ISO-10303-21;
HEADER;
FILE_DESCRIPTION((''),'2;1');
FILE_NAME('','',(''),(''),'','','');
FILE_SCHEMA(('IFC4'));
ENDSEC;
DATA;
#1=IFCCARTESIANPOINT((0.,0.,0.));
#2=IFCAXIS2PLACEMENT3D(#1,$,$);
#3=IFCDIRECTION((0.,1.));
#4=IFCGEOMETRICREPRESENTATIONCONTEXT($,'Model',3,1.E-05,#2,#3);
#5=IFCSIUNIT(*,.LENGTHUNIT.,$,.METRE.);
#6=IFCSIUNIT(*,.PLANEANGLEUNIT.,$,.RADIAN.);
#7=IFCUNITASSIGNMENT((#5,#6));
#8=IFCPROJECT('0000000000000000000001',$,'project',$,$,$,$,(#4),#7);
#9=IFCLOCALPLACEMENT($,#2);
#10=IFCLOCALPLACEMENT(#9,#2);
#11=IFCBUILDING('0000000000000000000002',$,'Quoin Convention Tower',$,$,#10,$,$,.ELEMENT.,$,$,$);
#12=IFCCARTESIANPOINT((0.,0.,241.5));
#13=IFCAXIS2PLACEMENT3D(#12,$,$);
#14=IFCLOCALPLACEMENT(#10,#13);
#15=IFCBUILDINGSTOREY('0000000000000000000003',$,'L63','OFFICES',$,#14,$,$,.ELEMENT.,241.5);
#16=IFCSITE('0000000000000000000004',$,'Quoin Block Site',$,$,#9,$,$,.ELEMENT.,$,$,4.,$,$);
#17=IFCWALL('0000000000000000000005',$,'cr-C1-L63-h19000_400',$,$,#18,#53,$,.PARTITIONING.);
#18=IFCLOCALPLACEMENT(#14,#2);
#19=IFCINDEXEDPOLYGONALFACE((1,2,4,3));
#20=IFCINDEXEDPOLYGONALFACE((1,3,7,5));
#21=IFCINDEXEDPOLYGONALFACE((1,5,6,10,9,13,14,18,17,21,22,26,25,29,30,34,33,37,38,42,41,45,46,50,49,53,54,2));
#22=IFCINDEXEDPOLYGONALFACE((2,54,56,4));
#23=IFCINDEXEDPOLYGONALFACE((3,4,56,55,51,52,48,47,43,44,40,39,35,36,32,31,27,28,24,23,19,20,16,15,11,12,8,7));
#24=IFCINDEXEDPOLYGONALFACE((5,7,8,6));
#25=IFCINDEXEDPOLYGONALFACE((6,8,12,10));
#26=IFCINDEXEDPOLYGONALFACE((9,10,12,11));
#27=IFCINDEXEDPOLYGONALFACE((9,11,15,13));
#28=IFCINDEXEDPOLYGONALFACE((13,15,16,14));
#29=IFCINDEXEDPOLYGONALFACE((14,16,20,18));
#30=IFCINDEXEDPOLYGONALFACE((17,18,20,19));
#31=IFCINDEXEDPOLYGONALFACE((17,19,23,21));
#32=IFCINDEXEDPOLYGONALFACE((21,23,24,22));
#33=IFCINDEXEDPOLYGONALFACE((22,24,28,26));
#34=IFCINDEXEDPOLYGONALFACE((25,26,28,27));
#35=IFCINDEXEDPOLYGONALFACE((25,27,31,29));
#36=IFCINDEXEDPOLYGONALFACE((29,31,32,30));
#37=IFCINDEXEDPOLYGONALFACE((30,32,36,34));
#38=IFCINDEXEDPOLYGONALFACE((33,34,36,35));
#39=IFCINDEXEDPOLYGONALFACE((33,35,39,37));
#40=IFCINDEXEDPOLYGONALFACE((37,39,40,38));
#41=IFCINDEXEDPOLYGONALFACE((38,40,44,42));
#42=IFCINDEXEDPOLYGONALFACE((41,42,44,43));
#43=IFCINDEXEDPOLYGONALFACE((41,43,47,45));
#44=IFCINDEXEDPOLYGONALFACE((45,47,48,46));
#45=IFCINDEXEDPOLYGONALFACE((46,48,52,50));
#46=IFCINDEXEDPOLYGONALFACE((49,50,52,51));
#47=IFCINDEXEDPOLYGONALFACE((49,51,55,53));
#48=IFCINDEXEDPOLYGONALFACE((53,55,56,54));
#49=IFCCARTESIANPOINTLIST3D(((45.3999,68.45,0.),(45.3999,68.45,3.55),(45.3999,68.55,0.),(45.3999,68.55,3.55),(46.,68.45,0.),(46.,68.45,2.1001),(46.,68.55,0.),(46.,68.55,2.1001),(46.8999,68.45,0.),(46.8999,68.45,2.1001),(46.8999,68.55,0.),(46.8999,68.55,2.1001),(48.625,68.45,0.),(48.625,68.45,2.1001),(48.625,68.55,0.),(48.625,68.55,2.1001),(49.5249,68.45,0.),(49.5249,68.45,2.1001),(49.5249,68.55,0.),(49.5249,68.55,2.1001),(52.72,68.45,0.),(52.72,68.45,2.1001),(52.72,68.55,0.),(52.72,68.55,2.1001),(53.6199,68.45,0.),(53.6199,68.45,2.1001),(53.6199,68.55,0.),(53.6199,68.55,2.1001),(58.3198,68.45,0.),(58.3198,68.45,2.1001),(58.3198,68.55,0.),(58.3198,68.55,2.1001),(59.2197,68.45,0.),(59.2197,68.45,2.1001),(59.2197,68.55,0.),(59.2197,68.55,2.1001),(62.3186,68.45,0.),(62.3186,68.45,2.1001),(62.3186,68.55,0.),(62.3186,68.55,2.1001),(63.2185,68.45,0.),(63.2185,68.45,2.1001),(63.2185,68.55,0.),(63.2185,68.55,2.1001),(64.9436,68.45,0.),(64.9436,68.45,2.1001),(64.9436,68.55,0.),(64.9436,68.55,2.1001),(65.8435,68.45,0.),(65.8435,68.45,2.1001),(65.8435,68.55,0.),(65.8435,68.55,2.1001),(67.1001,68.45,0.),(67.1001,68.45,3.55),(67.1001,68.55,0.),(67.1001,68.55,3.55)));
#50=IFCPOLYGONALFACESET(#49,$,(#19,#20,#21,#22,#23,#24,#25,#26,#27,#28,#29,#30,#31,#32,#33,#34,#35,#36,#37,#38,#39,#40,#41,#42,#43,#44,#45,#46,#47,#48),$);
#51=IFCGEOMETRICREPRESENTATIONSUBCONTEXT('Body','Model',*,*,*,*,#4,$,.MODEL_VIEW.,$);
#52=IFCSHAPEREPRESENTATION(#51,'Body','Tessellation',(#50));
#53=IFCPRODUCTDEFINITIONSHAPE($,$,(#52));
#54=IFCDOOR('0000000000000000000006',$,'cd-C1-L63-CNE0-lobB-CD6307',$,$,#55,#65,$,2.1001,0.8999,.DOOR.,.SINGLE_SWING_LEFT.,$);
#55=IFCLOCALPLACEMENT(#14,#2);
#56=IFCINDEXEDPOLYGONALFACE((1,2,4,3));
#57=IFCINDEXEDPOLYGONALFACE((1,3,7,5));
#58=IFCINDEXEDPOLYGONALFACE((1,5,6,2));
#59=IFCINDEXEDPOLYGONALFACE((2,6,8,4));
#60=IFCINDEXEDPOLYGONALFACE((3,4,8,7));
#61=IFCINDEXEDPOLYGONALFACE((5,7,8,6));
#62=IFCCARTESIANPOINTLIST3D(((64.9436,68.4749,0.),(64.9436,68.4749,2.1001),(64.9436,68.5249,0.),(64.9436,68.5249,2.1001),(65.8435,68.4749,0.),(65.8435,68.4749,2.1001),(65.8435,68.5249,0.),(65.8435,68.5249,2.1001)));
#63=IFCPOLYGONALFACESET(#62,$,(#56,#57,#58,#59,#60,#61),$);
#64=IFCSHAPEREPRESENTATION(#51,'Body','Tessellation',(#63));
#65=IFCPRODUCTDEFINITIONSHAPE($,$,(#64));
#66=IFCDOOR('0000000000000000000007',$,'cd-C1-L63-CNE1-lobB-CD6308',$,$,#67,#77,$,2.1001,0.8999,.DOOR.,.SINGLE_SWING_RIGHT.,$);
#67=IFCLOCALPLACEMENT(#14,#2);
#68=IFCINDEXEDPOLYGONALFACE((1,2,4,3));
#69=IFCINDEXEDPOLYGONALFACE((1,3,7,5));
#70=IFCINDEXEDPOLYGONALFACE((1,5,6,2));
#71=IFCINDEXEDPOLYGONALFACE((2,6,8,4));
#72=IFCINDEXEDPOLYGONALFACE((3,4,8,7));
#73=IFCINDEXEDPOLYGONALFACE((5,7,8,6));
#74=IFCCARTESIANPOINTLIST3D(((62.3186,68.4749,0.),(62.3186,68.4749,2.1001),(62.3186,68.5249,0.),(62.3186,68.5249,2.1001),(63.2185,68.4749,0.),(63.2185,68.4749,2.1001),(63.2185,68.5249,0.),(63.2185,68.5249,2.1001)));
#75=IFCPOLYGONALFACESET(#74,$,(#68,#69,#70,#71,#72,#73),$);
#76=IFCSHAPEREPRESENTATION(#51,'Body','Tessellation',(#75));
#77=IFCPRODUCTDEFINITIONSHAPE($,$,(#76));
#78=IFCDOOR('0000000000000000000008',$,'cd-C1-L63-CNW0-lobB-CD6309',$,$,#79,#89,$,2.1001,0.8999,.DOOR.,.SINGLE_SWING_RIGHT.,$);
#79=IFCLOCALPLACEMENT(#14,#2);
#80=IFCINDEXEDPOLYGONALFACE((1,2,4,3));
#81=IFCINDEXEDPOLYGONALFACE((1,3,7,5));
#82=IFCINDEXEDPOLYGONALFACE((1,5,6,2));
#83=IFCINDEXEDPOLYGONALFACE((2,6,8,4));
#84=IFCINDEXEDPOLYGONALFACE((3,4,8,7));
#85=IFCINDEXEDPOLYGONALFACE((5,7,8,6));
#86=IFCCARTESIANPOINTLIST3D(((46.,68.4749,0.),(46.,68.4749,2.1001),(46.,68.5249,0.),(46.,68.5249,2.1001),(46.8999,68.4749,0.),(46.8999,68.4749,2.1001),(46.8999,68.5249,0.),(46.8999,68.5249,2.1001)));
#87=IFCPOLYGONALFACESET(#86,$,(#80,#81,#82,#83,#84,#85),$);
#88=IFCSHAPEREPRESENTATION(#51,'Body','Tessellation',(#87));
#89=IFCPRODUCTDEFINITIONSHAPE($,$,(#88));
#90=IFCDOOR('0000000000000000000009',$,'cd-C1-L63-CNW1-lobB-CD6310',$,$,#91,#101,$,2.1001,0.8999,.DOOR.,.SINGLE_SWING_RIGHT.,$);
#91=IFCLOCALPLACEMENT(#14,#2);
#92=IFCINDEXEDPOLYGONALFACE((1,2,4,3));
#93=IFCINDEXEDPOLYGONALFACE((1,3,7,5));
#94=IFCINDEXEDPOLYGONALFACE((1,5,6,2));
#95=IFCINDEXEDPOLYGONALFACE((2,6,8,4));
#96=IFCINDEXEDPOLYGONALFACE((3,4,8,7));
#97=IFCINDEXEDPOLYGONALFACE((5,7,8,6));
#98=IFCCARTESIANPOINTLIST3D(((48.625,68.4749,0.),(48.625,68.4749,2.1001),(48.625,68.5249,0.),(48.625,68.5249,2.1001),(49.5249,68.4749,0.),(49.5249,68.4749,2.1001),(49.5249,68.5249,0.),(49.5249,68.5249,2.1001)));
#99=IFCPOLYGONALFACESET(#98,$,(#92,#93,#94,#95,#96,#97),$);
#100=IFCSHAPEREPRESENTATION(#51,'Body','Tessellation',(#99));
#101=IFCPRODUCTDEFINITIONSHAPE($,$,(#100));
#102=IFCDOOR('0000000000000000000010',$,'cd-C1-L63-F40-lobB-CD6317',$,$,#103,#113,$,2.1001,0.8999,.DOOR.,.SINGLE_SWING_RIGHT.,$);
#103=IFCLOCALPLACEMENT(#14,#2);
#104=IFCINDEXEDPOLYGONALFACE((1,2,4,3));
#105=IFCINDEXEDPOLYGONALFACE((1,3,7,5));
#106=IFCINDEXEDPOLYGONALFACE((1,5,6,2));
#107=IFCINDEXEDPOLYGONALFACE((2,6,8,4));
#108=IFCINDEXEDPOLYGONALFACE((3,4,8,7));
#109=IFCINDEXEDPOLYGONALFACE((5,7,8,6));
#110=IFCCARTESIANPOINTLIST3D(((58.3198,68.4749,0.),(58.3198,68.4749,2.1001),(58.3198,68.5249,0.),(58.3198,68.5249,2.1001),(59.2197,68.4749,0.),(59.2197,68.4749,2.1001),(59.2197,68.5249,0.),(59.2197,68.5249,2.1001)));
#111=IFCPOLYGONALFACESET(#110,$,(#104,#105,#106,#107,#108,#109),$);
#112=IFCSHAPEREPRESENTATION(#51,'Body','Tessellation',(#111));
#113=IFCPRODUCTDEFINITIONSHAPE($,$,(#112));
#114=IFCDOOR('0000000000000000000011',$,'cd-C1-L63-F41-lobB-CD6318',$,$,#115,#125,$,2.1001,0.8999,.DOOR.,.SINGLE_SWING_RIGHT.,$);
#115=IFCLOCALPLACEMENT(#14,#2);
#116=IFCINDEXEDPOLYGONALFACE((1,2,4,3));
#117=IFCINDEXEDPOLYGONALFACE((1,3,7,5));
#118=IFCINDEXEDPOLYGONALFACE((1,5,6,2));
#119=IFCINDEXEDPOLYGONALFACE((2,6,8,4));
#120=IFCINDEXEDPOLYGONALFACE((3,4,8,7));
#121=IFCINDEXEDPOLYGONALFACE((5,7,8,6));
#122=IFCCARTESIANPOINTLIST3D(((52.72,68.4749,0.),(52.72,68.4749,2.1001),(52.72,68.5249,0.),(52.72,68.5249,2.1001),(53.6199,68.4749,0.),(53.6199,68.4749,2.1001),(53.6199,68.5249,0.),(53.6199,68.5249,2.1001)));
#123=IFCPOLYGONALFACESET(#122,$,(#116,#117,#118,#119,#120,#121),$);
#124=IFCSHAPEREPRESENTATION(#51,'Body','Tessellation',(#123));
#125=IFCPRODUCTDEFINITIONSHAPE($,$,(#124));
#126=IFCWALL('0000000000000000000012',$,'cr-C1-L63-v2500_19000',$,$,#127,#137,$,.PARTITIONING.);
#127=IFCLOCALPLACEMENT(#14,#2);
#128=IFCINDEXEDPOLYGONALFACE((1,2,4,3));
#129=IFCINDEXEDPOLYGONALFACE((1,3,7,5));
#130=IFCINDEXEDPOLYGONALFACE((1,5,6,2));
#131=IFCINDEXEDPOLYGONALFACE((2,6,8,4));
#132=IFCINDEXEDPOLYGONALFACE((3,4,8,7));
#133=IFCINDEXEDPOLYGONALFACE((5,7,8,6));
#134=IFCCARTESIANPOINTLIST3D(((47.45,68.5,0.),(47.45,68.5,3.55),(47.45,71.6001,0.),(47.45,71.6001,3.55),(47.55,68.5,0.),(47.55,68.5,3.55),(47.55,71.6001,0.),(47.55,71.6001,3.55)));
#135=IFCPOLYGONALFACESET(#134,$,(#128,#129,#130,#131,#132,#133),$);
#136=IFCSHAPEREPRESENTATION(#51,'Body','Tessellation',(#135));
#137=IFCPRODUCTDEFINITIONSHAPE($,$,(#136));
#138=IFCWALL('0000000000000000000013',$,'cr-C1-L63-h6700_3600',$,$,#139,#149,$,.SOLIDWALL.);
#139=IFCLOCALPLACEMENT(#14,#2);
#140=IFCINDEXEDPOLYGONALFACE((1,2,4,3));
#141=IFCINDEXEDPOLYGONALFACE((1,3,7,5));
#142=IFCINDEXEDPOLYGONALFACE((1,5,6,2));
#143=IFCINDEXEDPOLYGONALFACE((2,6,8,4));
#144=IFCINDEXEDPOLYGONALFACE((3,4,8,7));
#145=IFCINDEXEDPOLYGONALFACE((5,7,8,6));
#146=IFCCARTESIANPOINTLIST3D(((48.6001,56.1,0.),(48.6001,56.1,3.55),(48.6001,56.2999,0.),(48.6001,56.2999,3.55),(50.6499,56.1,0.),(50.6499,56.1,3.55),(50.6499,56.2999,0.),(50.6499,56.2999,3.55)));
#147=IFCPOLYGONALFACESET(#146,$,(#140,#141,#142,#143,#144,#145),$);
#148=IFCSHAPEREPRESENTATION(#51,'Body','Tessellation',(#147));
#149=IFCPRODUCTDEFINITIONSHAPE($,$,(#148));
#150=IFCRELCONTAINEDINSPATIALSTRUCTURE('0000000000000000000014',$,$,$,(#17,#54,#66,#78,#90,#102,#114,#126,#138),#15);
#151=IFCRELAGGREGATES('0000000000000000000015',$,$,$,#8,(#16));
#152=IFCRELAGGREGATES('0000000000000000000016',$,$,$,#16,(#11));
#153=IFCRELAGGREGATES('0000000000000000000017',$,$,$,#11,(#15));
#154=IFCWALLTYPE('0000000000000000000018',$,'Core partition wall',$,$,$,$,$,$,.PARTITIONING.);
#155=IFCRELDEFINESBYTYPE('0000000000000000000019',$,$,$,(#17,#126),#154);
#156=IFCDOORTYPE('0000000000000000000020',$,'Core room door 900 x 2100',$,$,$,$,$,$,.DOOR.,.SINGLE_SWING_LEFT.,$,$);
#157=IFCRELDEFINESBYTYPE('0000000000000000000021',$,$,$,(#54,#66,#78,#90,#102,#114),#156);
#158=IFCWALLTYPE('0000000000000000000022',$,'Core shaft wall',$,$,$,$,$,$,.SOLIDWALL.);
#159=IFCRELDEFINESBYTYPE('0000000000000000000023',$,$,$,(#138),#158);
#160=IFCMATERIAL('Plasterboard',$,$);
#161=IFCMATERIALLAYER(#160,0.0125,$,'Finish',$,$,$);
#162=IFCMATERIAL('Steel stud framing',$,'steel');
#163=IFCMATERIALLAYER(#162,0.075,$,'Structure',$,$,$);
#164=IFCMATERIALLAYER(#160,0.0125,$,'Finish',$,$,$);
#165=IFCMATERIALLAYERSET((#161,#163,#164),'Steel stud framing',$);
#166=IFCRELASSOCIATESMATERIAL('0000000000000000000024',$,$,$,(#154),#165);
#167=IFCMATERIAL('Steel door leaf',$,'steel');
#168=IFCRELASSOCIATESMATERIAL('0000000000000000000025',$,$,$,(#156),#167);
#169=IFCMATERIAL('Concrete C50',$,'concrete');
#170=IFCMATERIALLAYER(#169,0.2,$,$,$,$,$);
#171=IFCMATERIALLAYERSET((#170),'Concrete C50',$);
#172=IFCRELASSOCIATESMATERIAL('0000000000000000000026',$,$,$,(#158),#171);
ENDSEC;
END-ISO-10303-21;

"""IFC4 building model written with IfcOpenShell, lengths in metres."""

from ifc_helpers import new_model, si_unit, direction, frame, frame_2d, origin, place, context, subcontext, project, spatial, rectangle, extrude, material, layer, layer_set, type_object, element, fill, save


model = new_model("IFC4")

# Units and contexts
model_context = context("Model", 3, precision=1e-05, world=origin(), true_north=direction((0.0, 1.0)))
body_context = subcontext(model_context, "Body", "Model", "MODEL_VIEW")
ifc_project = project(units=[si_unit("LENGTHUNIT", "METRE"), si_unit("PLANEANGLEUNIT", "RADIAN")], contexts=[model_context])

# Site, building, storey
site_placement = place(None, origin())
site = spatial("IfcSite", under=ifc_project, at=site_placement, Name="Quoin Block Site", CompositionType="ELEMENT", RefElevation=4.0)
building_placement = place(site_placement, origin())
building = spatial("IfcBuilding", under=site, at=building_placement, Name="Quoin Convention Tower", CompositionType="ELEMENT")
storey_placement = place(building_placement, frame((0.0, 0.0, 241.5)))
storey = spatial("IfcBuildingStorey", under=building, at=storey_placement, Name="L63", Description="OFFICES", CompositionType="ELEMENT", Elevation=241.5)

# Wall, openings, doors
ifc_material_1 = material(Name="Plasterboard")
ifc_layer_1 = layer(ifc_material_1, 0.0125, Name="Finish")
ifc_material_2 = material(Name="Steel stud framing", Category="steel")
ifc_layer_2 = layer(ifc_material_2, 0.075, Name="Structure")
ifc_layer_3 = layer(ifc_material_1, 0.0125, Name="Finish")
ifc_layer_set_1 = layer_set([ifc_layer_1, ifc_layer_2, ifc_layer_3], Name="Steel stud framing")
wall_type_1 = type_object("IfcWallType", Name="Core partition wall", PredefinedType="PARTITIONING", material=ifc_layer_set_1)
wall_1_placement = place(storey_placement, frame((45.3999, 68.5, 0.0), z_axis=(0.0, 0.0, 1.0), x_axis=(1.0, 0.0, 0.0)))
wall_1 = element("IfcWall", 1, at=wall_1_placement, inside=storey, type_object=wall_type_1, Name="cr-C1-L63-h19000_400", PredefinedType="PARTITIONING", context=body_context, shape_type="SweptSolid", body=[
    extrude(rectangle(XDim=21.7002, YDim=0.1001, at=frame_2d((10.8501, 0.0))), origin(), (0.0, 0.0, 1.0), 3.55),
])
opening_1_placement = place(wall_1_placement, frame((19.5437, 0.0, 0.0)))
opening_1 = element("IfcOpeningElement", 2, at=opening_1_placement, cuts=wall_1, PredefinedType="OPENING", context=body_context, shape_type="SweptSolid", body=[
    extrude(rectangle(XDim=0.8999, YDim=2.1001, at=frame_2d((0.45, 1.05))), frame((0.0, 0.0601, 0.0), z_axis=(0.0, -1.0, 0.0), x_axis=(1.0, 0.0, 0.0)), (0.0, 0.0, 1.0), 0.1201),
])
opening_2_placement = place(wall_1_placement, frame((16.9187, 0.0, 0.0)))
opening_2 = element("IfcOpeningElement", 3, at=opening_2_placement, cuts=wall_1, PredefinedType="OPENING", context=body_context, shape_type="SweptSolid", body=[
    extrude(rectangle(XDim=0.8999, YDim=2.1001, at=frame_2d((0.45, 1.05))), frame((0.0, 0.0601, 0.0), z_axis=(0.0, -1.0, 0.0), x_axis=(1.0, 0.0, 0.0)), (0.0, 0.0, 1.0), 0.1201),
])
opening_3_placement = place(wall_1_placement, frame((0.6001, 0.0, 0.0)))
opening_3 = element("IfcOpeningElement", 4, at=opening_3_placement, cuts=wall_1, PredefinedType="OPENING", context=body_context, shape_type="SweptSolid", body=[
    extrude(rectangle(XDim=0.8999, YDim=2.1001, at=frame_2d((0.45, 1.05))), frame((0.0, 0.0601, 0.0), z_axis=(0.0, -1.0, 0.0), x_axis=(1.0, 0.0, 0.0)), (0.0, 0.0, 1.0), 0.1201),
])
opening_4_placement = place(wall_1_placement, frame((3.2251, 0.0, 0.0)))
opening_4 = element("IfcOpeningElement", 5, at=opening_4_placement, cuts=wall_1, PredefinedType="OPENING", context=body_context, shape_type="SweptSolid", body=[
    extrude(rectangle(XDim=0.8999, YDim=2.1001, at=frame_2d((0.45, 1.05))), frame((0.0, 0.0601, 0.0), z_axis=(0.0, -1.0, 0.0), x_axis=(1.0, 0.0, 0.0)), (0.0, 0.0, 1.0), 0.1201),
])
opening_5_placement = place(wall_1_placement, frame((12.9199, 0.0, 0.0)))
opening_5 = element("IfcOpeningElement", 6, at=opening_5_placement, cuts=wall_1, PredefinedType="OPENING", context=body_context, shape_type="SweptSolid", body=[
    extrude(rectangle(XDim=0.8999, YDim=2.1001, at=frame_2d((0.45, 1.05))), frame((0.0, 0.0601, 0.0), z_axis=(0.0, -1.0, 0.0), x_axis=(1.0, 0.0, 0.0)), (0.0, 0.0, 1.0), 0.1201),
])
opening_6_placement = place(wall_1_placement, frame((7.3201, 0.0, 0.0)))
opening_6 = element("IfcOpeningElement", 7, at=opening_6_placement, cuts=wall_1, PredefinedType="OPENING", context=body_context, shape_type="SweptSolid", body=[
    extrude(rectangle(XDim=0.8999, YDim=2.1001, at=frame_2d((0.45, 1.05))), frame((0.0, 0.0601, 0.0), z_axis=(0.0, -1.0, 0.0), x_axis=(1.0, 0.0, 0.0)), (0.0, 0.0, 1.0), 0.1201),
])
ifc_material_3 = material(Name="Steel door leaf", Category="steel")
door_type_1 = type_object("IfcDoorType", Name="Core room door 900 x 2100", OperationType="SINGLE_SWING_LEFT", PredefinedType="DOOR", material=ifc_material_3)
door_1_placement = place(opening_1_placement, origin())
door_1 = element("IfcDoor", 8, at=door_1_placement, inside=storey, type_object=door_type_1, Name="cd-C1-L63-CNE0-lobB-CD6307", OperationType="SINGLE_SWING_LEFT", OverallHeight=2.1001, OverallWidth=0.8999, PredefinedType="DOOR", context=body_context, shape_type="SweptSolid", body=[
    extrude(rectangle(XDim=0.8999, YDim=2.1001, at=frame_2d((0.45, 1.05))), frame((0.0, 0.0249, 0.0), z_axis=(0.0, -1.0, 0.0), x_axis=(1.0, 0.0, 0.0)), (0.0, 0.0, 1.0), 0.05),
])
fill(opening_1, door_1)
door_2_placement = place(opening_2_placement, origin())
door_2 = element("IfcDoor", 9, at=door_2_placement, inside=storey, type_object=door_type_1, Name="cd-C1-L63-CNE1-lobB-CD6308", OperationType="SINGLE_SWING_RIGHT", OverallHeight=2.1001, OverallWidth=0.8999, PredefinedType="DOOR", context=body_context, shape_type="SweptSolid", body=[
    extrude(rectangle(XDim=0.8999, YDim=2.1001, at=frame_2d((0.45, 1.05))), frame((0.0, 0.0249, 0.0), z_axis=(0.0, -1.0, 0.0), x_axis=(1.0, 0.0, 0.0)), (0.0, 0.0, 1.0), 0.05),
])
fill(opening_2, door_2)
door_3_placement = place(opening_3_placement, origin())
door_3 = element("IfcDoor", 10, at=door_3_placement, inside=storey, type_object=door_type_1, Name="cd-C1-L63-CNW0-lobB-CD6309", OperationType="SINGLE_SWING_RIGHT", OverallHeight=2.1001, OverallWidth=0.8999, PredefinedType="DOOR", context=body_context, shape_type="SweptSolid", body=[
    extrude(rectangle(XDim=0.8999, YDim=2.1001, at=frame_2d((0.45, 1.05))), frame((0.0, 0.0249, 0.0), z_axis=(0.0, -1.0, 0.0), x_axis=(1.0, 0.0, 0.0)), (0.0, 0.0, 1.0), 0.05),
])
fill(opening_3, door_3)
door_4_placement = place(opening_4_placement, origin())
door_4 = element("IfcDoor", 11, at=door_4_placement, inside=storey, type_object=door_type_1, Name="cd-C1-L63-CNW1-lobB-CD6310", OperationType="SINGLE_SWING_RIGHT", OverallHeight=2.1001, OverallWidth=0.8999, PredefinedType="DOOR", context=body_context, shape_type="SweptSolid", body=[
    extrude(rectangle(XDim=0.8999, YDim=2.1001, at=frame_2d((0.45, 1.05))), frame((0.0, 0.0249, 0.0), z_axis=(0.0, -1.0, 0.0), x_axis=(1.0, 0.0, 0.0)), (0.0, 0.0, 1.0), 0.05),
])
fill(opening_4, door_4)
door_5_placement = place(opening_5_placement, origin())
door_5 = element("IfcDoor", 12, at=door_5_placement, inside=storey, type_object=door_type_1, Name="cd-C1-L63-F40-lobB-CD6317", OperationType="SINGLE_SWING_RIGHT", OverallHeight=2.1001, OverallWidth=0.8999, PredefinedType="DOOR", context=body_context, shape_type="SweptSolid", body=[
    extrude(rectangle(XDim=0.8999, YDim=2.1001, at=frame_2d((0.45, 1.05))), frame((0.0, 0.0249, 0.0), z_axis=(0.0, -1.0, 0.0), x_axis=(1.0, 0.0, 0.0)), (0.0, 0.0, 1.0), 0.05),
])
fill(opening_5, door_5)
door_6_placement = place(opening_6_placement, origin())
door_6 = element("IfcDoor", 13, at=door_6_placement, inside=storey, type_object=door_type_1, Name="cd-C1-L63-F41-lobB-CD6318", OperationType="SINGLE_SWING_RIGHT", OverallHeight=2.1001, OverallWidth=0.8999, PredefinedType="DOOR", context=body_context, shape_type="SweptSolid", body=[
    extrude(rectangle(XDim=0.8999, YDim=2.1001, at=frame_2d((0.45, 1.05))), frame((0.0, 0.0249, 0.0), z_axis=(0.0, -1.0, 0.0), x_axis=(1.0, 0.0, 0.0)), (0.0, 0.0, 1.0), 0.05),
])
fill(opening_6, door_6)

# Walls
wall_2_placement = place(storey_placement, frame((47.5, 68.5, 0.0), z_axis=(0.0, 0.0, 1.0), x_axis=(0.0, 1.0, 0.0)))
element("IfcWall", 14, at=wall_2_placement, inside=storey, type_object=wall_type_1, Name="cr-C1-L63-v2500_19000", PredefinedType="PARTITIONING", context=body_context, shape_type="SweptSolid", body=[
    extrude(rectangle(XDim=3.1001, YDim=0.1001, at=frame_2d((1.55, 0.0))), origin(), (0.0, 0.0, 1.0), 3.55),
])
ifc_material_4 = material(Name="Concrete C50", Category="concrete")
ifc_layer_4 = layer(ifc_material_4, 0.2)
ifc_layer_set_2 = layer_set([ifc_layer_4], Name="Concrete C50")
wall_type_2 = type_object("IfcWallType", Name="Core shaft wall", PredefinedType="SOLIDWALL", material=ifc_layer_set_2)
wall_3_placement = place(storey_placement, frame((48.6001, 56.2, 0.0), z_axis=(0.0, 0.0, 1.0), x_axis=(1.0, 0.0, 0.0)))
element("IfcWall", 15, at=wall_3_placement, inside=storey, type_object=wall_type_2, Name="cr-C1-L63-h6700_3600", PredefinedType="SOLIDWALL", context=body_context, shape_type="SweptSolid", body=[
    extrude(rectangle(XDim=2.0498, YDim=0.2, at=frame_2d((1.0249, 0.0))), origin(), (0.0, 0.0, 1.0), 3.55),
])

save(model, "model.ifc")
